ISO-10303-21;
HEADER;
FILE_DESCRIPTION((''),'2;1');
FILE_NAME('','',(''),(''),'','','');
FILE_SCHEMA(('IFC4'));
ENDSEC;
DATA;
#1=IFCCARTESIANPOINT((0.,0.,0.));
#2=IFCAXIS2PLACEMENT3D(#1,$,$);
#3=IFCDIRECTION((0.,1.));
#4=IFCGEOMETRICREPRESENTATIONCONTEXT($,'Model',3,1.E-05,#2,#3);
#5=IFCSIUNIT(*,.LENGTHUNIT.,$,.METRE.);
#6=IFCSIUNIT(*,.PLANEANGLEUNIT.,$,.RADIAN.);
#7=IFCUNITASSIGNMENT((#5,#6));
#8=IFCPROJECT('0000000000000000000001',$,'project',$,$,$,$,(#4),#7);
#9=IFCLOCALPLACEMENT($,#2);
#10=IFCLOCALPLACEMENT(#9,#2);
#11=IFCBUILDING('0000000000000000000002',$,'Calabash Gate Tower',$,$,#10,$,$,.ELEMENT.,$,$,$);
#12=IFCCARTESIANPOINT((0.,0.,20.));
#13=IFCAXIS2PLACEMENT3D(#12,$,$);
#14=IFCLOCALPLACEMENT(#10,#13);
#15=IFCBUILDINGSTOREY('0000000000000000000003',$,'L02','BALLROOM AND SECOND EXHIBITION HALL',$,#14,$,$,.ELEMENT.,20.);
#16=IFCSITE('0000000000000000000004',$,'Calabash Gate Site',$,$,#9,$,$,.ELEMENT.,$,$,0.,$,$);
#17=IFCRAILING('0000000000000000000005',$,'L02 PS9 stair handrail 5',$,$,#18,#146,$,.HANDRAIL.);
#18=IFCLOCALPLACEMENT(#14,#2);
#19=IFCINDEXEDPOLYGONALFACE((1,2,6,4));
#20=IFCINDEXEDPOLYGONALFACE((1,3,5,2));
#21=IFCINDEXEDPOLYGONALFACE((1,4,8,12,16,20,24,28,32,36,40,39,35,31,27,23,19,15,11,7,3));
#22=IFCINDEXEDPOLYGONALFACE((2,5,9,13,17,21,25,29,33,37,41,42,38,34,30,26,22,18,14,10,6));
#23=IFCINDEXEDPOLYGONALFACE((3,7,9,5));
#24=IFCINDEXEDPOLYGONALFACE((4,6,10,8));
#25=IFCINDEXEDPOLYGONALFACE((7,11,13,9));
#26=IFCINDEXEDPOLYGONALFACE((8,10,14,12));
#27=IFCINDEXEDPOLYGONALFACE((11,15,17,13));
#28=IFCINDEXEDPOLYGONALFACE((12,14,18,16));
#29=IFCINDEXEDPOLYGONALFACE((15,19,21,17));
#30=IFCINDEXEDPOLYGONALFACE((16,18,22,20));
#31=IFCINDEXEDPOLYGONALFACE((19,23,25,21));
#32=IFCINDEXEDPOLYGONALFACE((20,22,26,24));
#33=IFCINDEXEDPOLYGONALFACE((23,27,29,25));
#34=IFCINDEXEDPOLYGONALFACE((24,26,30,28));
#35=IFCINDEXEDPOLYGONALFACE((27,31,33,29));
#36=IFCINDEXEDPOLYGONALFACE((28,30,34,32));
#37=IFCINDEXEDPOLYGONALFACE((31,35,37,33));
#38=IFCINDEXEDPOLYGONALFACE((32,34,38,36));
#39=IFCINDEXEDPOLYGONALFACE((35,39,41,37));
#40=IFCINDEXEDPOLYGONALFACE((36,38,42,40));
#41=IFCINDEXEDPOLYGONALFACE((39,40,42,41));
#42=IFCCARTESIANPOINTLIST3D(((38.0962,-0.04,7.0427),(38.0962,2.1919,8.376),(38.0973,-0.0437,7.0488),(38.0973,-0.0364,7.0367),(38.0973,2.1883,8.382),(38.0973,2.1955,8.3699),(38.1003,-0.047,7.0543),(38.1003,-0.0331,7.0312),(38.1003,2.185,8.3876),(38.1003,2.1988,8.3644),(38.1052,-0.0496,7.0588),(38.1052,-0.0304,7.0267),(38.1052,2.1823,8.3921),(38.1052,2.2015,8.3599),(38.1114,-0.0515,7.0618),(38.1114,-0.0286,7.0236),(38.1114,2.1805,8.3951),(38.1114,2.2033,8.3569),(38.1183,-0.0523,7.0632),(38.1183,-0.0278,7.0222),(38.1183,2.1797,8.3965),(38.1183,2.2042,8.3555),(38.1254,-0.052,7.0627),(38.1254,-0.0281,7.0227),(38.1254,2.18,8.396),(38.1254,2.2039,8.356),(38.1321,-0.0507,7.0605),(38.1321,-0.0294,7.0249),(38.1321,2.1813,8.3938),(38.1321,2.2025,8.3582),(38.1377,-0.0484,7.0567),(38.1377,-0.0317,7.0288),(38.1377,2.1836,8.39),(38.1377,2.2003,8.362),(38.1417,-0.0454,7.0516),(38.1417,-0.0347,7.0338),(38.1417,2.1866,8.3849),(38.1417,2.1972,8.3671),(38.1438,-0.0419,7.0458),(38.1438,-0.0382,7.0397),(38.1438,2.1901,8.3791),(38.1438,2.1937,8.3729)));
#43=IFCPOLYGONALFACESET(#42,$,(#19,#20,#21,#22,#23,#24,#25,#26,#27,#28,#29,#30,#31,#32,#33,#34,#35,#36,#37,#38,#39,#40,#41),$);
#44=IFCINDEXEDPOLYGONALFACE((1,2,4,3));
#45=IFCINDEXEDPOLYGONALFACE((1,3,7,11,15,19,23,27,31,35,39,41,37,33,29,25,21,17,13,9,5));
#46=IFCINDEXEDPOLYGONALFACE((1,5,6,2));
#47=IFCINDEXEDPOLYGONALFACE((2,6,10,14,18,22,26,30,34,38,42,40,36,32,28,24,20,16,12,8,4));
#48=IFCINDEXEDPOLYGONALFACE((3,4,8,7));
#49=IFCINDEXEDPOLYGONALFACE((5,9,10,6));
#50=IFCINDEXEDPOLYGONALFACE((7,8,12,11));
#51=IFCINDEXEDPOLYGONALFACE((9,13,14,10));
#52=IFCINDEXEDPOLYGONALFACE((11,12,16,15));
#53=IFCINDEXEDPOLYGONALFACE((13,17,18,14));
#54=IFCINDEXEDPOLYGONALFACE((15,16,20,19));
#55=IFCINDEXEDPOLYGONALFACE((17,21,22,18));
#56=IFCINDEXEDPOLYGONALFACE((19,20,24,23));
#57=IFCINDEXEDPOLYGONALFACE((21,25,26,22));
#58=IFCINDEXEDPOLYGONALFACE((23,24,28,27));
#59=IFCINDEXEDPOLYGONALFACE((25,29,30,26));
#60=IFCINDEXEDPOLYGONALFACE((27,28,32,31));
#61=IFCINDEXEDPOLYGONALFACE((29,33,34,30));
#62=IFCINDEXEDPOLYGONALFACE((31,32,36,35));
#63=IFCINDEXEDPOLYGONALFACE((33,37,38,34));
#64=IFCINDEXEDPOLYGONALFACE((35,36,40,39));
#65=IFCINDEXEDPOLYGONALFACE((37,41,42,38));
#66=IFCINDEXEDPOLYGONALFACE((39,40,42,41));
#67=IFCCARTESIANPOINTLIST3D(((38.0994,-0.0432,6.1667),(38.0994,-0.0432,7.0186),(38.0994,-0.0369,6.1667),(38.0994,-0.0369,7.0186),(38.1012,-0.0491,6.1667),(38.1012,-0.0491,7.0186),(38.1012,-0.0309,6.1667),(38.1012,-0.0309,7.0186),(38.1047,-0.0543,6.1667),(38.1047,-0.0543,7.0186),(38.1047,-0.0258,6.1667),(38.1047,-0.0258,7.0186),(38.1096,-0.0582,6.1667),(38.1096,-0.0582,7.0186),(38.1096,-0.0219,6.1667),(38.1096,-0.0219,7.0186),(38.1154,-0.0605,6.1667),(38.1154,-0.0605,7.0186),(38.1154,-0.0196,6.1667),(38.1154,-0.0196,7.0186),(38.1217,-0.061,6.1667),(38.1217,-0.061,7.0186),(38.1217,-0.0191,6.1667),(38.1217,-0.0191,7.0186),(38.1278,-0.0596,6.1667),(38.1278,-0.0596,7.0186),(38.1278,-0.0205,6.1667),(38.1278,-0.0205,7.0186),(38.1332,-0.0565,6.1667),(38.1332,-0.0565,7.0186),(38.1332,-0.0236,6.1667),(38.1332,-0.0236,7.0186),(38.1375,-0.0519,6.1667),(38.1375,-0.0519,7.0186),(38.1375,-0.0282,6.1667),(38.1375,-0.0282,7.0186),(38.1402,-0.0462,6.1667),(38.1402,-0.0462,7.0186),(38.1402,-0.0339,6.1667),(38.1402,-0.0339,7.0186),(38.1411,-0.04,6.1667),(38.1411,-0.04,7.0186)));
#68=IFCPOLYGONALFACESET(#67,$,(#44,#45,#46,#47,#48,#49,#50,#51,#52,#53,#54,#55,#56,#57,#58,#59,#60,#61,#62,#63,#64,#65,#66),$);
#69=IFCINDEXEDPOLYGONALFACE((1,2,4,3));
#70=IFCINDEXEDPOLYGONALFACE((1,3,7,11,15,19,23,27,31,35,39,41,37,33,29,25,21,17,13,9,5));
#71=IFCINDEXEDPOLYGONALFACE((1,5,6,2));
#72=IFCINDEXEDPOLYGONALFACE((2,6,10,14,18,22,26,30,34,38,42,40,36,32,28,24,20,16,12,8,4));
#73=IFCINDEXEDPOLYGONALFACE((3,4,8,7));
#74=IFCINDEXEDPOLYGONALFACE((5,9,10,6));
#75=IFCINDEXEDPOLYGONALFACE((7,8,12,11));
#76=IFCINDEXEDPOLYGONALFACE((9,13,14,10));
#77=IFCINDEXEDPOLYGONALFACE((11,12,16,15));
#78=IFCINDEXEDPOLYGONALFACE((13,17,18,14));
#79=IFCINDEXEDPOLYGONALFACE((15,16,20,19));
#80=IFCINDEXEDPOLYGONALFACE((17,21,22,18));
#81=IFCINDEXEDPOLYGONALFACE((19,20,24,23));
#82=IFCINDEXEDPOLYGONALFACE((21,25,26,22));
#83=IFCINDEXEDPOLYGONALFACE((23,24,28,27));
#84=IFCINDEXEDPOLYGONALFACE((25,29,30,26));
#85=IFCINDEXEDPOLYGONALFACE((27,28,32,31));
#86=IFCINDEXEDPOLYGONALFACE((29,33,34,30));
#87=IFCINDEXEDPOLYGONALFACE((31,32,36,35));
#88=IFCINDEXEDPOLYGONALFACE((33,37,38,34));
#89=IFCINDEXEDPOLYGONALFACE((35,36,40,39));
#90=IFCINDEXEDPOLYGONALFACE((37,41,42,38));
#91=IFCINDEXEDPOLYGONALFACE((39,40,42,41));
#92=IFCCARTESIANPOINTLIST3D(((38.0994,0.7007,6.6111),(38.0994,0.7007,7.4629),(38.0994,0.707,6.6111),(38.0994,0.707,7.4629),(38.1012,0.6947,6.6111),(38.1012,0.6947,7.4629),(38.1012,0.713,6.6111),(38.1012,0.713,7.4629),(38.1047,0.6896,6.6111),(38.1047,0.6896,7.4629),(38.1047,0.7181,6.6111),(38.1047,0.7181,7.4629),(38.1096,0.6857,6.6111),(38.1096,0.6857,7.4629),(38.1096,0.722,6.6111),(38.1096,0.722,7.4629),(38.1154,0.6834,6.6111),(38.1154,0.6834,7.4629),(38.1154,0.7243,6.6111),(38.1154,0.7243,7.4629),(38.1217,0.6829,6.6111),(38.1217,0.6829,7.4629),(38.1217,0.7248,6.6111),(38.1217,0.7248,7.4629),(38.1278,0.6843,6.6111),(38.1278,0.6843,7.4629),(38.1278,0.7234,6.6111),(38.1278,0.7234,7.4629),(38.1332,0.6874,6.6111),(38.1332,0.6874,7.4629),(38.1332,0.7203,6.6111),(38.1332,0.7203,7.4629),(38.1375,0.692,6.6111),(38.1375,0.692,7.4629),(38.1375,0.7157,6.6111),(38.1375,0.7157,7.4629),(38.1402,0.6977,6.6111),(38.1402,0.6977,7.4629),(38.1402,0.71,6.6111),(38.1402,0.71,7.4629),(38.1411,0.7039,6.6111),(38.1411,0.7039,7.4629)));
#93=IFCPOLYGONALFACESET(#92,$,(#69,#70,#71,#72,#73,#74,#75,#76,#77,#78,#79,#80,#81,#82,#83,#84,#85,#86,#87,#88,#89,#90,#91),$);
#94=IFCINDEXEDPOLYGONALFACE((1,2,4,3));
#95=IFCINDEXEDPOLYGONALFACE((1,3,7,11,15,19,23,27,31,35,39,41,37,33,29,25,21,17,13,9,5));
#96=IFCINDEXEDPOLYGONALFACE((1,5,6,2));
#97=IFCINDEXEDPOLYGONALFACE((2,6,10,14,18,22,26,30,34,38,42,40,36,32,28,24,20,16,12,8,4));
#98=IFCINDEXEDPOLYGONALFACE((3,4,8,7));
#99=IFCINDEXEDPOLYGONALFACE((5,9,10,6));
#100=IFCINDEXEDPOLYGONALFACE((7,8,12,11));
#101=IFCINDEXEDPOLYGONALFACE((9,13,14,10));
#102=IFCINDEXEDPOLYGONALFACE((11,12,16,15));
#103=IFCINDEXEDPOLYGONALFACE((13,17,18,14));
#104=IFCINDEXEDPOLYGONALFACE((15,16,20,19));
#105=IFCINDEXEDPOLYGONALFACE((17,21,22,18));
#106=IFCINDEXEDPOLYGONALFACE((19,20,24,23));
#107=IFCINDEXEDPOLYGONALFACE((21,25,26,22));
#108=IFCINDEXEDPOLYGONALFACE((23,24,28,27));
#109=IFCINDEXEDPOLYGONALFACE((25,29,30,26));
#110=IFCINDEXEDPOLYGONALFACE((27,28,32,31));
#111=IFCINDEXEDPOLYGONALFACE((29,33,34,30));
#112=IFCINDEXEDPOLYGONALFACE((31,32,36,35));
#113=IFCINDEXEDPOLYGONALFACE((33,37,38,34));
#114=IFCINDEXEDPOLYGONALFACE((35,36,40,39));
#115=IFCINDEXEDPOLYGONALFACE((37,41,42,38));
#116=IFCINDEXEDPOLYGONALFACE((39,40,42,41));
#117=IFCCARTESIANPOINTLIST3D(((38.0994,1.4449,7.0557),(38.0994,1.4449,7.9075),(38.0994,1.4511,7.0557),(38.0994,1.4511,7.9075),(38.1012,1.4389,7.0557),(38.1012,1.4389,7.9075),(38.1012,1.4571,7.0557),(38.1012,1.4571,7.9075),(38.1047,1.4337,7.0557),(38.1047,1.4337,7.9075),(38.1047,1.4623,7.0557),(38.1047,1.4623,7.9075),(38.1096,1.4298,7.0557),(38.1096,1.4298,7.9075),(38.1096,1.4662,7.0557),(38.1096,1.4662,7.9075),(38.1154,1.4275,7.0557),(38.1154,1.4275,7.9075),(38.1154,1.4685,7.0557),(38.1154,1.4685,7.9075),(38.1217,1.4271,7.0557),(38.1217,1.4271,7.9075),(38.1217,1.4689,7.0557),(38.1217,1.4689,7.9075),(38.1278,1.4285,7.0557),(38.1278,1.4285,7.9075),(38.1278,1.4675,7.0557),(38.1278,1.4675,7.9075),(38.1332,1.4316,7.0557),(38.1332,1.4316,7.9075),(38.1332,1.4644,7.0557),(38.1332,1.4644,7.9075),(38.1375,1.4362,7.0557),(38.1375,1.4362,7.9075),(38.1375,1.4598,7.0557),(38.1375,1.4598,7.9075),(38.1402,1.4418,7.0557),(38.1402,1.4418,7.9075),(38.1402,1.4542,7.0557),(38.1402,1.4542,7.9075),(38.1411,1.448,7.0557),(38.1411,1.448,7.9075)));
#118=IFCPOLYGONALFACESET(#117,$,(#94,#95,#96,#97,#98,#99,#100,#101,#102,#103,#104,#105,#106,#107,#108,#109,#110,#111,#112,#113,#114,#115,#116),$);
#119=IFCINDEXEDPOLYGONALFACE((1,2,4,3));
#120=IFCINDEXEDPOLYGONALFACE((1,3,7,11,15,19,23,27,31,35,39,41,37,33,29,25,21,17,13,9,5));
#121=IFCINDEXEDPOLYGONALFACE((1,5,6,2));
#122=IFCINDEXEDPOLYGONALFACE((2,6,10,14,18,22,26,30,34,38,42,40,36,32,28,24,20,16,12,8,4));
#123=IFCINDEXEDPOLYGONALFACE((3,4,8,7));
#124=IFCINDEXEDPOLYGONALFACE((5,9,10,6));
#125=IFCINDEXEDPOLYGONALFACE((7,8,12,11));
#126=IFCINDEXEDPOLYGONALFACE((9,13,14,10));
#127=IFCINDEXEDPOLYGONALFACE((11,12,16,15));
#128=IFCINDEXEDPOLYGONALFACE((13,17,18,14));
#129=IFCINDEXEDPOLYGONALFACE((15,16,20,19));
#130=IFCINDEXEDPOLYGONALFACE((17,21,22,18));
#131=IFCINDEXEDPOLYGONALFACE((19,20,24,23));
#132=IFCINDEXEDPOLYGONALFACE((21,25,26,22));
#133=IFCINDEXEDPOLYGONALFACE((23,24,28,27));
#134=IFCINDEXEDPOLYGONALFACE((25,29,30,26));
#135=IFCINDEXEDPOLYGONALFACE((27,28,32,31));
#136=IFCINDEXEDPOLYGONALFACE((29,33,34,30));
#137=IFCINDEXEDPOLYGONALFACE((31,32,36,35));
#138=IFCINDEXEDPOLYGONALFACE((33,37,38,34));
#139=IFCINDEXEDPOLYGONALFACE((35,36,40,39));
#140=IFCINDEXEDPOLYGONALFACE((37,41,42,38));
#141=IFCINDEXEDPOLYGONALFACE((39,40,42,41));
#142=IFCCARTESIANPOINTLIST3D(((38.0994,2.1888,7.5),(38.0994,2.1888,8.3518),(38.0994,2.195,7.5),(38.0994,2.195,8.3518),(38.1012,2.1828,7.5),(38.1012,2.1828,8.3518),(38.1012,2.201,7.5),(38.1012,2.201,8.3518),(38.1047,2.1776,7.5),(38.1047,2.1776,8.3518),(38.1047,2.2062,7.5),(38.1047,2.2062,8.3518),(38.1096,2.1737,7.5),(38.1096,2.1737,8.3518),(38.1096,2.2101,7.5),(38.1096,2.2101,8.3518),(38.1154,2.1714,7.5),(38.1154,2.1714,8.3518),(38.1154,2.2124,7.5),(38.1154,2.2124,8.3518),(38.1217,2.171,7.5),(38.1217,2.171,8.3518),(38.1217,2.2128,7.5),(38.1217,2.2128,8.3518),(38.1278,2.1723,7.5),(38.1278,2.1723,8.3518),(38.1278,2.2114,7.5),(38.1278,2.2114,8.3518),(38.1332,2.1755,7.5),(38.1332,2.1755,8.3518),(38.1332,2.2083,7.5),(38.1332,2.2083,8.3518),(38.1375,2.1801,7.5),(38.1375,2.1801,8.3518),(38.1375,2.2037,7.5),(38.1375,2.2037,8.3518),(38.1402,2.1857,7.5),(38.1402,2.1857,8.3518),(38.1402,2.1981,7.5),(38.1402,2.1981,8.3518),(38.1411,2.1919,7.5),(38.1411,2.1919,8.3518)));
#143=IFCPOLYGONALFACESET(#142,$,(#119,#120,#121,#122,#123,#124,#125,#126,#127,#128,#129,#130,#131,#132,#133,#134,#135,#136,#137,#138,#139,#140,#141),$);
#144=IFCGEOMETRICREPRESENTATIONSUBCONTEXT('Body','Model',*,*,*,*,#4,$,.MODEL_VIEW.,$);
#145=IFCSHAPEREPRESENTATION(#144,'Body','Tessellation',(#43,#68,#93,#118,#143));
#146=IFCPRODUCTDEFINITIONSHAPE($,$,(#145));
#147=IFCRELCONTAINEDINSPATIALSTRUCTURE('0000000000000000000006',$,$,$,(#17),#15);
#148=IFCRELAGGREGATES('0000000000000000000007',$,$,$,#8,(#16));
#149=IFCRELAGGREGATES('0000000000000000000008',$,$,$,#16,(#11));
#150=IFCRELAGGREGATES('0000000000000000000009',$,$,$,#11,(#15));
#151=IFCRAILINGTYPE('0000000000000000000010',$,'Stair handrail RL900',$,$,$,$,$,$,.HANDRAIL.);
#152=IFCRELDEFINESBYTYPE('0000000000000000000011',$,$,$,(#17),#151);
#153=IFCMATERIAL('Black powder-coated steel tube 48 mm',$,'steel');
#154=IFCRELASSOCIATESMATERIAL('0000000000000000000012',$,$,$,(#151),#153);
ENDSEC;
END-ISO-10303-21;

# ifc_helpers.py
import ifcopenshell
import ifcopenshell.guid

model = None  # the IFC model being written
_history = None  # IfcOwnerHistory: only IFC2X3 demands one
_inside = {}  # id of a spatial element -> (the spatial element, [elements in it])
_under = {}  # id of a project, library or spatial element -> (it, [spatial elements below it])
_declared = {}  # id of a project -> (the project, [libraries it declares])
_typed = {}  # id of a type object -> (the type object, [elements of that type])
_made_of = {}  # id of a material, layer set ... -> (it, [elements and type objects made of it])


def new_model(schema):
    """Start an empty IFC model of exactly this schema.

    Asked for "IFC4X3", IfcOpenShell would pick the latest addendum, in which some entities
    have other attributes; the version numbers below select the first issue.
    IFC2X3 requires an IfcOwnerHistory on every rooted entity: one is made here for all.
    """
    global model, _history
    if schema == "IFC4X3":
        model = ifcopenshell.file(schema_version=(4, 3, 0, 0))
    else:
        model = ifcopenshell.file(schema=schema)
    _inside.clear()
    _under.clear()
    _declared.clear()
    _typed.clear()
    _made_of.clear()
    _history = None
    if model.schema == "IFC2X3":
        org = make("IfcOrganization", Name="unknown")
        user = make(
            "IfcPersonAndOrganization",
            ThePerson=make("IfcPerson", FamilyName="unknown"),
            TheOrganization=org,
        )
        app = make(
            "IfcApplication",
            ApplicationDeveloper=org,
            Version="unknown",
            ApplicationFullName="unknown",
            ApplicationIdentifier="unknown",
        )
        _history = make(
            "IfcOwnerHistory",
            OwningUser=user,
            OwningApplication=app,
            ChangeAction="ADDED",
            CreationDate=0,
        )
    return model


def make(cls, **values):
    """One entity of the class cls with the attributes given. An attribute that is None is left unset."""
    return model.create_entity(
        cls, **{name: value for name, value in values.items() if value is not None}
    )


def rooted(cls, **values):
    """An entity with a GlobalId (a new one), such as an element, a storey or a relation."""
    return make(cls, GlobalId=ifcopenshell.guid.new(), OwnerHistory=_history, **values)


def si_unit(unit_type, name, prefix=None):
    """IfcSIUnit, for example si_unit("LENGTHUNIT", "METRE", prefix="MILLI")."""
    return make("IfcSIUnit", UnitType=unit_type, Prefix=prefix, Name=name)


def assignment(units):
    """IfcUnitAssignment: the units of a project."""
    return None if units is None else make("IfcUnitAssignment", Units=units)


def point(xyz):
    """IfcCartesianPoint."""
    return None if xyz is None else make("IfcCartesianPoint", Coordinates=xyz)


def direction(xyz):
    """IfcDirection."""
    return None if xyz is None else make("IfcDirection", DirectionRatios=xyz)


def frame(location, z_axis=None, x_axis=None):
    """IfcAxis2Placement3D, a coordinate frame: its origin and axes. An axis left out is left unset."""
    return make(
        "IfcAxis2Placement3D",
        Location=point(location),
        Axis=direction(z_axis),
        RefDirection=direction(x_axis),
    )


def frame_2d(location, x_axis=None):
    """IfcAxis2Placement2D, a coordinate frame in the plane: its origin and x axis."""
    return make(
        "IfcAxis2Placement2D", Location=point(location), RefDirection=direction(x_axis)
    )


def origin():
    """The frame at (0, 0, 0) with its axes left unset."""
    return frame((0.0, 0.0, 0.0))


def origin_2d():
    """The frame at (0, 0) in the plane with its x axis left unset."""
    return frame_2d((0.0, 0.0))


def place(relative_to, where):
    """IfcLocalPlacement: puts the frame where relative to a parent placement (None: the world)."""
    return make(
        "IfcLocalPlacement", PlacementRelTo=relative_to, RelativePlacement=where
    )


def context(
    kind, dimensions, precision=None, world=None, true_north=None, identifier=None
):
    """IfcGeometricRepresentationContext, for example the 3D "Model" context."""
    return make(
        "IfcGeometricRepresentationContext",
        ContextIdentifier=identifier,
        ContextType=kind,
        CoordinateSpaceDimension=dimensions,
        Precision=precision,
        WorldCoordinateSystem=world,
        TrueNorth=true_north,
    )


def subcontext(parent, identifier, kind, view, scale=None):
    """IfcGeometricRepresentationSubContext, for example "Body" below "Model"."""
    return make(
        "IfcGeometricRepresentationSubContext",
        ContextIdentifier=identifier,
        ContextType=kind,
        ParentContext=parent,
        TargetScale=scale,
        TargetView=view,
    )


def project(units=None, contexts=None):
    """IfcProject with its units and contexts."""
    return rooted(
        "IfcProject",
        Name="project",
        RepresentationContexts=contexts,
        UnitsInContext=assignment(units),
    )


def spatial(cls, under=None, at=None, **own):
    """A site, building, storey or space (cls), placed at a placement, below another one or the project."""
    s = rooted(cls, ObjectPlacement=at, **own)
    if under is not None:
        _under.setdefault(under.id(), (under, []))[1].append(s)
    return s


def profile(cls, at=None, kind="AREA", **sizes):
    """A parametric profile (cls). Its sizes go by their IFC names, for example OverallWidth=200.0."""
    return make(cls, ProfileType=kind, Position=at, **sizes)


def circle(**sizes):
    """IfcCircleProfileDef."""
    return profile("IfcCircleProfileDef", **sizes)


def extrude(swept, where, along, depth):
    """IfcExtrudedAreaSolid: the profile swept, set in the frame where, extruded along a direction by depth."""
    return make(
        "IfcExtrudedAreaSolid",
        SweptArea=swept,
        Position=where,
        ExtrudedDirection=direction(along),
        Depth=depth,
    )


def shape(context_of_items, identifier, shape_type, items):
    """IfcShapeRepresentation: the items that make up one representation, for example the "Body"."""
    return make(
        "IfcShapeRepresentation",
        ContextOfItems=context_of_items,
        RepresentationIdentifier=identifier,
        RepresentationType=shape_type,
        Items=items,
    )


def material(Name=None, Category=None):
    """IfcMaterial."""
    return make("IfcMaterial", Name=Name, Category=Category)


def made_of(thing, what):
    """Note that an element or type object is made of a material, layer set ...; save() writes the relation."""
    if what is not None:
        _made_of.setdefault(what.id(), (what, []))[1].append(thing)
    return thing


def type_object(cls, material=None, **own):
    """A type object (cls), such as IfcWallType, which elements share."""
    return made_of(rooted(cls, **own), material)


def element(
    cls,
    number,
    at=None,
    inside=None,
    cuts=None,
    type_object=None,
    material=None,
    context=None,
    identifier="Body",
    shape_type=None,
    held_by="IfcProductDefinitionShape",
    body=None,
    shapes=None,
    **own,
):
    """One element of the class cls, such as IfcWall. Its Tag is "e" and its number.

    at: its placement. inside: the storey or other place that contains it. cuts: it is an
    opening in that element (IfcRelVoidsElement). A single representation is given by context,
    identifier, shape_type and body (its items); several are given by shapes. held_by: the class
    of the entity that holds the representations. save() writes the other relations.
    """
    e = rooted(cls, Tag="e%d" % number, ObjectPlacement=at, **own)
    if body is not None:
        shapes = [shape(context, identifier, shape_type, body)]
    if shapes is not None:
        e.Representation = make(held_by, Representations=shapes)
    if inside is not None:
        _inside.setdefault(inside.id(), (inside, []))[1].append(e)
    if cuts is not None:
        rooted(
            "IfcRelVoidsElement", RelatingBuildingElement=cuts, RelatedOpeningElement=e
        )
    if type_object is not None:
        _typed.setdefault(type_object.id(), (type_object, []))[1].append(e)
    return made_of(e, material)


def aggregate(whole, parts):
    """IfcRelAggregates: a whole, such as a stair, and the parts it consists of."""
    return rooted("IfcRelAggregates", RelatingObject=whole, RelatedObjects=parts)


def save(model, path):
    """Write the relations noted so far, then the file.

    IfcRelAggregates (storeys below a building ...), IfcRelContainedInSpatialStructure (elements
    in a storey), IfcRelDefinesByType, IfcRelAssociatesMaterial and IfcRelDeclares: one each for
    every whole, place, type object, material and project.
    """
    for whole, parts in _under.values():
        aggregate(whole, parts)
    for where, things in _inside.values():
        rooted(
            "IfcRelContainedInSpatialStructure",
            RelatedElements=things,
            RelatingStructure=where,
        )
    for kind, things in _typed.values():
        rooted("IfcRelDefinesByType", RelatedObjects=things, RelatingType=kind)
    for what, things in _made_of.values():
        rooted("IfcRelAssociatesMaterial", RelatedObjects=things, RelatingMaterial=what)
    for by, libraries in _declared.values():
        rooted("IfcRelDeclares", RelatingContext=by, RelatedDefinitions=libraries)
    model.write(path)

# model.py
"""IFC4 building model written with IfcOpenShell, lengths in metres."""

from ifc_helpers import new_model, si_unit, direction, frame, origin, origin_2d, place, context, subcontext, project, spatial, circle, extrude, material, type_object, element, save


model = new_model("IFC4")

# Units and contexts
model_context = context("Model", 3, precision=1e-05, world=origin(), true_north=direction((0.0, 1.0)))
body_context = subcontext(model_context, "Body", "Model", "MODEL_VIEW")
ifc_project = project(units=[si_unit("LENGTHUNIT", "METRE"), si_unit("PLANEANGLEUNIT", "RADIAN")], contexts=[model_context])

# Site, building, storey
site_placement = place(None, origin())
site = spatial("IfcSite", under=ifc_project, at=site_placement, Name="Calabash Gate Site", CompositionType="ELEMENT", RefElevation=0.0)
building_placement = place(site_placement, origin())
building = spatial("IfcBuilding", under=site, at=building_placement, Name="Calabash Gate Tower", CompositionType="ELEMENT")
storey_placement = place(building_placement, frame((0.0, 0.0, 20.0)))
storey = spatial("IfcBuildingStorey", under=building, at=storey_placement, Name="L02", Description="BALLROOM AND SECOND EXHIBITION HALL", CompositionType="ELEMENT", Elevation=20.0)

# Railing
ifc_material_1 = material(Name="Black powder-coated steel tube 48 mm", Category="steel")
railing_type_1 = type_object("IfcRailingType", Name="Stair handrail RL900", PredefinedType="HANDRAIL", material=ifc_material_1)
for number, where, name in (
    (1, (38.1201, -0.04, 6.1667), "L02 PS9 stair handrail 5"),
):
    element("IfcRailing", number, at=place(storey_placement, frame(where)), inside=storey, type_object=railing_type_1, Name=name, PredefinedType="HANDRAIL", context=body_context, shape_type="SweptSolid", body=[
        extrude(circle(Radius=0.0239, at=origin_2d()), frame((0.0, 0.0, 0.876), z_axis=(0.0, 0.858494, 0.512824), x_axis=(-1.0, 0.0, 0.0)), (0.0, 0.0, 1.0), 2.5999),
        extrude(circle(Radius=0.021, at=origin_2d()), origin(), (0.0, 0.0, 1.0), 0.8518),
        extrude(circle(Radius=0.021, at=origin_2d()), frame((0.0, 0.7439, 0.4443)), (0.0, 0.0, 1.0), 0.8518),
        extrude(circle(Radius=0.021, at=origin_2d()), frame((0.0, 1.488, 0.8889)), (0.0, 0.0, 1.0), 0.8518),
        extrude(circle(Radius=0.021, at=origin_2d()), frame((0.0, 2.2319, 1.3333)), (0.0, 0.0, 1.0), 0.8518),
    ])

save(model, "model.ifc")
